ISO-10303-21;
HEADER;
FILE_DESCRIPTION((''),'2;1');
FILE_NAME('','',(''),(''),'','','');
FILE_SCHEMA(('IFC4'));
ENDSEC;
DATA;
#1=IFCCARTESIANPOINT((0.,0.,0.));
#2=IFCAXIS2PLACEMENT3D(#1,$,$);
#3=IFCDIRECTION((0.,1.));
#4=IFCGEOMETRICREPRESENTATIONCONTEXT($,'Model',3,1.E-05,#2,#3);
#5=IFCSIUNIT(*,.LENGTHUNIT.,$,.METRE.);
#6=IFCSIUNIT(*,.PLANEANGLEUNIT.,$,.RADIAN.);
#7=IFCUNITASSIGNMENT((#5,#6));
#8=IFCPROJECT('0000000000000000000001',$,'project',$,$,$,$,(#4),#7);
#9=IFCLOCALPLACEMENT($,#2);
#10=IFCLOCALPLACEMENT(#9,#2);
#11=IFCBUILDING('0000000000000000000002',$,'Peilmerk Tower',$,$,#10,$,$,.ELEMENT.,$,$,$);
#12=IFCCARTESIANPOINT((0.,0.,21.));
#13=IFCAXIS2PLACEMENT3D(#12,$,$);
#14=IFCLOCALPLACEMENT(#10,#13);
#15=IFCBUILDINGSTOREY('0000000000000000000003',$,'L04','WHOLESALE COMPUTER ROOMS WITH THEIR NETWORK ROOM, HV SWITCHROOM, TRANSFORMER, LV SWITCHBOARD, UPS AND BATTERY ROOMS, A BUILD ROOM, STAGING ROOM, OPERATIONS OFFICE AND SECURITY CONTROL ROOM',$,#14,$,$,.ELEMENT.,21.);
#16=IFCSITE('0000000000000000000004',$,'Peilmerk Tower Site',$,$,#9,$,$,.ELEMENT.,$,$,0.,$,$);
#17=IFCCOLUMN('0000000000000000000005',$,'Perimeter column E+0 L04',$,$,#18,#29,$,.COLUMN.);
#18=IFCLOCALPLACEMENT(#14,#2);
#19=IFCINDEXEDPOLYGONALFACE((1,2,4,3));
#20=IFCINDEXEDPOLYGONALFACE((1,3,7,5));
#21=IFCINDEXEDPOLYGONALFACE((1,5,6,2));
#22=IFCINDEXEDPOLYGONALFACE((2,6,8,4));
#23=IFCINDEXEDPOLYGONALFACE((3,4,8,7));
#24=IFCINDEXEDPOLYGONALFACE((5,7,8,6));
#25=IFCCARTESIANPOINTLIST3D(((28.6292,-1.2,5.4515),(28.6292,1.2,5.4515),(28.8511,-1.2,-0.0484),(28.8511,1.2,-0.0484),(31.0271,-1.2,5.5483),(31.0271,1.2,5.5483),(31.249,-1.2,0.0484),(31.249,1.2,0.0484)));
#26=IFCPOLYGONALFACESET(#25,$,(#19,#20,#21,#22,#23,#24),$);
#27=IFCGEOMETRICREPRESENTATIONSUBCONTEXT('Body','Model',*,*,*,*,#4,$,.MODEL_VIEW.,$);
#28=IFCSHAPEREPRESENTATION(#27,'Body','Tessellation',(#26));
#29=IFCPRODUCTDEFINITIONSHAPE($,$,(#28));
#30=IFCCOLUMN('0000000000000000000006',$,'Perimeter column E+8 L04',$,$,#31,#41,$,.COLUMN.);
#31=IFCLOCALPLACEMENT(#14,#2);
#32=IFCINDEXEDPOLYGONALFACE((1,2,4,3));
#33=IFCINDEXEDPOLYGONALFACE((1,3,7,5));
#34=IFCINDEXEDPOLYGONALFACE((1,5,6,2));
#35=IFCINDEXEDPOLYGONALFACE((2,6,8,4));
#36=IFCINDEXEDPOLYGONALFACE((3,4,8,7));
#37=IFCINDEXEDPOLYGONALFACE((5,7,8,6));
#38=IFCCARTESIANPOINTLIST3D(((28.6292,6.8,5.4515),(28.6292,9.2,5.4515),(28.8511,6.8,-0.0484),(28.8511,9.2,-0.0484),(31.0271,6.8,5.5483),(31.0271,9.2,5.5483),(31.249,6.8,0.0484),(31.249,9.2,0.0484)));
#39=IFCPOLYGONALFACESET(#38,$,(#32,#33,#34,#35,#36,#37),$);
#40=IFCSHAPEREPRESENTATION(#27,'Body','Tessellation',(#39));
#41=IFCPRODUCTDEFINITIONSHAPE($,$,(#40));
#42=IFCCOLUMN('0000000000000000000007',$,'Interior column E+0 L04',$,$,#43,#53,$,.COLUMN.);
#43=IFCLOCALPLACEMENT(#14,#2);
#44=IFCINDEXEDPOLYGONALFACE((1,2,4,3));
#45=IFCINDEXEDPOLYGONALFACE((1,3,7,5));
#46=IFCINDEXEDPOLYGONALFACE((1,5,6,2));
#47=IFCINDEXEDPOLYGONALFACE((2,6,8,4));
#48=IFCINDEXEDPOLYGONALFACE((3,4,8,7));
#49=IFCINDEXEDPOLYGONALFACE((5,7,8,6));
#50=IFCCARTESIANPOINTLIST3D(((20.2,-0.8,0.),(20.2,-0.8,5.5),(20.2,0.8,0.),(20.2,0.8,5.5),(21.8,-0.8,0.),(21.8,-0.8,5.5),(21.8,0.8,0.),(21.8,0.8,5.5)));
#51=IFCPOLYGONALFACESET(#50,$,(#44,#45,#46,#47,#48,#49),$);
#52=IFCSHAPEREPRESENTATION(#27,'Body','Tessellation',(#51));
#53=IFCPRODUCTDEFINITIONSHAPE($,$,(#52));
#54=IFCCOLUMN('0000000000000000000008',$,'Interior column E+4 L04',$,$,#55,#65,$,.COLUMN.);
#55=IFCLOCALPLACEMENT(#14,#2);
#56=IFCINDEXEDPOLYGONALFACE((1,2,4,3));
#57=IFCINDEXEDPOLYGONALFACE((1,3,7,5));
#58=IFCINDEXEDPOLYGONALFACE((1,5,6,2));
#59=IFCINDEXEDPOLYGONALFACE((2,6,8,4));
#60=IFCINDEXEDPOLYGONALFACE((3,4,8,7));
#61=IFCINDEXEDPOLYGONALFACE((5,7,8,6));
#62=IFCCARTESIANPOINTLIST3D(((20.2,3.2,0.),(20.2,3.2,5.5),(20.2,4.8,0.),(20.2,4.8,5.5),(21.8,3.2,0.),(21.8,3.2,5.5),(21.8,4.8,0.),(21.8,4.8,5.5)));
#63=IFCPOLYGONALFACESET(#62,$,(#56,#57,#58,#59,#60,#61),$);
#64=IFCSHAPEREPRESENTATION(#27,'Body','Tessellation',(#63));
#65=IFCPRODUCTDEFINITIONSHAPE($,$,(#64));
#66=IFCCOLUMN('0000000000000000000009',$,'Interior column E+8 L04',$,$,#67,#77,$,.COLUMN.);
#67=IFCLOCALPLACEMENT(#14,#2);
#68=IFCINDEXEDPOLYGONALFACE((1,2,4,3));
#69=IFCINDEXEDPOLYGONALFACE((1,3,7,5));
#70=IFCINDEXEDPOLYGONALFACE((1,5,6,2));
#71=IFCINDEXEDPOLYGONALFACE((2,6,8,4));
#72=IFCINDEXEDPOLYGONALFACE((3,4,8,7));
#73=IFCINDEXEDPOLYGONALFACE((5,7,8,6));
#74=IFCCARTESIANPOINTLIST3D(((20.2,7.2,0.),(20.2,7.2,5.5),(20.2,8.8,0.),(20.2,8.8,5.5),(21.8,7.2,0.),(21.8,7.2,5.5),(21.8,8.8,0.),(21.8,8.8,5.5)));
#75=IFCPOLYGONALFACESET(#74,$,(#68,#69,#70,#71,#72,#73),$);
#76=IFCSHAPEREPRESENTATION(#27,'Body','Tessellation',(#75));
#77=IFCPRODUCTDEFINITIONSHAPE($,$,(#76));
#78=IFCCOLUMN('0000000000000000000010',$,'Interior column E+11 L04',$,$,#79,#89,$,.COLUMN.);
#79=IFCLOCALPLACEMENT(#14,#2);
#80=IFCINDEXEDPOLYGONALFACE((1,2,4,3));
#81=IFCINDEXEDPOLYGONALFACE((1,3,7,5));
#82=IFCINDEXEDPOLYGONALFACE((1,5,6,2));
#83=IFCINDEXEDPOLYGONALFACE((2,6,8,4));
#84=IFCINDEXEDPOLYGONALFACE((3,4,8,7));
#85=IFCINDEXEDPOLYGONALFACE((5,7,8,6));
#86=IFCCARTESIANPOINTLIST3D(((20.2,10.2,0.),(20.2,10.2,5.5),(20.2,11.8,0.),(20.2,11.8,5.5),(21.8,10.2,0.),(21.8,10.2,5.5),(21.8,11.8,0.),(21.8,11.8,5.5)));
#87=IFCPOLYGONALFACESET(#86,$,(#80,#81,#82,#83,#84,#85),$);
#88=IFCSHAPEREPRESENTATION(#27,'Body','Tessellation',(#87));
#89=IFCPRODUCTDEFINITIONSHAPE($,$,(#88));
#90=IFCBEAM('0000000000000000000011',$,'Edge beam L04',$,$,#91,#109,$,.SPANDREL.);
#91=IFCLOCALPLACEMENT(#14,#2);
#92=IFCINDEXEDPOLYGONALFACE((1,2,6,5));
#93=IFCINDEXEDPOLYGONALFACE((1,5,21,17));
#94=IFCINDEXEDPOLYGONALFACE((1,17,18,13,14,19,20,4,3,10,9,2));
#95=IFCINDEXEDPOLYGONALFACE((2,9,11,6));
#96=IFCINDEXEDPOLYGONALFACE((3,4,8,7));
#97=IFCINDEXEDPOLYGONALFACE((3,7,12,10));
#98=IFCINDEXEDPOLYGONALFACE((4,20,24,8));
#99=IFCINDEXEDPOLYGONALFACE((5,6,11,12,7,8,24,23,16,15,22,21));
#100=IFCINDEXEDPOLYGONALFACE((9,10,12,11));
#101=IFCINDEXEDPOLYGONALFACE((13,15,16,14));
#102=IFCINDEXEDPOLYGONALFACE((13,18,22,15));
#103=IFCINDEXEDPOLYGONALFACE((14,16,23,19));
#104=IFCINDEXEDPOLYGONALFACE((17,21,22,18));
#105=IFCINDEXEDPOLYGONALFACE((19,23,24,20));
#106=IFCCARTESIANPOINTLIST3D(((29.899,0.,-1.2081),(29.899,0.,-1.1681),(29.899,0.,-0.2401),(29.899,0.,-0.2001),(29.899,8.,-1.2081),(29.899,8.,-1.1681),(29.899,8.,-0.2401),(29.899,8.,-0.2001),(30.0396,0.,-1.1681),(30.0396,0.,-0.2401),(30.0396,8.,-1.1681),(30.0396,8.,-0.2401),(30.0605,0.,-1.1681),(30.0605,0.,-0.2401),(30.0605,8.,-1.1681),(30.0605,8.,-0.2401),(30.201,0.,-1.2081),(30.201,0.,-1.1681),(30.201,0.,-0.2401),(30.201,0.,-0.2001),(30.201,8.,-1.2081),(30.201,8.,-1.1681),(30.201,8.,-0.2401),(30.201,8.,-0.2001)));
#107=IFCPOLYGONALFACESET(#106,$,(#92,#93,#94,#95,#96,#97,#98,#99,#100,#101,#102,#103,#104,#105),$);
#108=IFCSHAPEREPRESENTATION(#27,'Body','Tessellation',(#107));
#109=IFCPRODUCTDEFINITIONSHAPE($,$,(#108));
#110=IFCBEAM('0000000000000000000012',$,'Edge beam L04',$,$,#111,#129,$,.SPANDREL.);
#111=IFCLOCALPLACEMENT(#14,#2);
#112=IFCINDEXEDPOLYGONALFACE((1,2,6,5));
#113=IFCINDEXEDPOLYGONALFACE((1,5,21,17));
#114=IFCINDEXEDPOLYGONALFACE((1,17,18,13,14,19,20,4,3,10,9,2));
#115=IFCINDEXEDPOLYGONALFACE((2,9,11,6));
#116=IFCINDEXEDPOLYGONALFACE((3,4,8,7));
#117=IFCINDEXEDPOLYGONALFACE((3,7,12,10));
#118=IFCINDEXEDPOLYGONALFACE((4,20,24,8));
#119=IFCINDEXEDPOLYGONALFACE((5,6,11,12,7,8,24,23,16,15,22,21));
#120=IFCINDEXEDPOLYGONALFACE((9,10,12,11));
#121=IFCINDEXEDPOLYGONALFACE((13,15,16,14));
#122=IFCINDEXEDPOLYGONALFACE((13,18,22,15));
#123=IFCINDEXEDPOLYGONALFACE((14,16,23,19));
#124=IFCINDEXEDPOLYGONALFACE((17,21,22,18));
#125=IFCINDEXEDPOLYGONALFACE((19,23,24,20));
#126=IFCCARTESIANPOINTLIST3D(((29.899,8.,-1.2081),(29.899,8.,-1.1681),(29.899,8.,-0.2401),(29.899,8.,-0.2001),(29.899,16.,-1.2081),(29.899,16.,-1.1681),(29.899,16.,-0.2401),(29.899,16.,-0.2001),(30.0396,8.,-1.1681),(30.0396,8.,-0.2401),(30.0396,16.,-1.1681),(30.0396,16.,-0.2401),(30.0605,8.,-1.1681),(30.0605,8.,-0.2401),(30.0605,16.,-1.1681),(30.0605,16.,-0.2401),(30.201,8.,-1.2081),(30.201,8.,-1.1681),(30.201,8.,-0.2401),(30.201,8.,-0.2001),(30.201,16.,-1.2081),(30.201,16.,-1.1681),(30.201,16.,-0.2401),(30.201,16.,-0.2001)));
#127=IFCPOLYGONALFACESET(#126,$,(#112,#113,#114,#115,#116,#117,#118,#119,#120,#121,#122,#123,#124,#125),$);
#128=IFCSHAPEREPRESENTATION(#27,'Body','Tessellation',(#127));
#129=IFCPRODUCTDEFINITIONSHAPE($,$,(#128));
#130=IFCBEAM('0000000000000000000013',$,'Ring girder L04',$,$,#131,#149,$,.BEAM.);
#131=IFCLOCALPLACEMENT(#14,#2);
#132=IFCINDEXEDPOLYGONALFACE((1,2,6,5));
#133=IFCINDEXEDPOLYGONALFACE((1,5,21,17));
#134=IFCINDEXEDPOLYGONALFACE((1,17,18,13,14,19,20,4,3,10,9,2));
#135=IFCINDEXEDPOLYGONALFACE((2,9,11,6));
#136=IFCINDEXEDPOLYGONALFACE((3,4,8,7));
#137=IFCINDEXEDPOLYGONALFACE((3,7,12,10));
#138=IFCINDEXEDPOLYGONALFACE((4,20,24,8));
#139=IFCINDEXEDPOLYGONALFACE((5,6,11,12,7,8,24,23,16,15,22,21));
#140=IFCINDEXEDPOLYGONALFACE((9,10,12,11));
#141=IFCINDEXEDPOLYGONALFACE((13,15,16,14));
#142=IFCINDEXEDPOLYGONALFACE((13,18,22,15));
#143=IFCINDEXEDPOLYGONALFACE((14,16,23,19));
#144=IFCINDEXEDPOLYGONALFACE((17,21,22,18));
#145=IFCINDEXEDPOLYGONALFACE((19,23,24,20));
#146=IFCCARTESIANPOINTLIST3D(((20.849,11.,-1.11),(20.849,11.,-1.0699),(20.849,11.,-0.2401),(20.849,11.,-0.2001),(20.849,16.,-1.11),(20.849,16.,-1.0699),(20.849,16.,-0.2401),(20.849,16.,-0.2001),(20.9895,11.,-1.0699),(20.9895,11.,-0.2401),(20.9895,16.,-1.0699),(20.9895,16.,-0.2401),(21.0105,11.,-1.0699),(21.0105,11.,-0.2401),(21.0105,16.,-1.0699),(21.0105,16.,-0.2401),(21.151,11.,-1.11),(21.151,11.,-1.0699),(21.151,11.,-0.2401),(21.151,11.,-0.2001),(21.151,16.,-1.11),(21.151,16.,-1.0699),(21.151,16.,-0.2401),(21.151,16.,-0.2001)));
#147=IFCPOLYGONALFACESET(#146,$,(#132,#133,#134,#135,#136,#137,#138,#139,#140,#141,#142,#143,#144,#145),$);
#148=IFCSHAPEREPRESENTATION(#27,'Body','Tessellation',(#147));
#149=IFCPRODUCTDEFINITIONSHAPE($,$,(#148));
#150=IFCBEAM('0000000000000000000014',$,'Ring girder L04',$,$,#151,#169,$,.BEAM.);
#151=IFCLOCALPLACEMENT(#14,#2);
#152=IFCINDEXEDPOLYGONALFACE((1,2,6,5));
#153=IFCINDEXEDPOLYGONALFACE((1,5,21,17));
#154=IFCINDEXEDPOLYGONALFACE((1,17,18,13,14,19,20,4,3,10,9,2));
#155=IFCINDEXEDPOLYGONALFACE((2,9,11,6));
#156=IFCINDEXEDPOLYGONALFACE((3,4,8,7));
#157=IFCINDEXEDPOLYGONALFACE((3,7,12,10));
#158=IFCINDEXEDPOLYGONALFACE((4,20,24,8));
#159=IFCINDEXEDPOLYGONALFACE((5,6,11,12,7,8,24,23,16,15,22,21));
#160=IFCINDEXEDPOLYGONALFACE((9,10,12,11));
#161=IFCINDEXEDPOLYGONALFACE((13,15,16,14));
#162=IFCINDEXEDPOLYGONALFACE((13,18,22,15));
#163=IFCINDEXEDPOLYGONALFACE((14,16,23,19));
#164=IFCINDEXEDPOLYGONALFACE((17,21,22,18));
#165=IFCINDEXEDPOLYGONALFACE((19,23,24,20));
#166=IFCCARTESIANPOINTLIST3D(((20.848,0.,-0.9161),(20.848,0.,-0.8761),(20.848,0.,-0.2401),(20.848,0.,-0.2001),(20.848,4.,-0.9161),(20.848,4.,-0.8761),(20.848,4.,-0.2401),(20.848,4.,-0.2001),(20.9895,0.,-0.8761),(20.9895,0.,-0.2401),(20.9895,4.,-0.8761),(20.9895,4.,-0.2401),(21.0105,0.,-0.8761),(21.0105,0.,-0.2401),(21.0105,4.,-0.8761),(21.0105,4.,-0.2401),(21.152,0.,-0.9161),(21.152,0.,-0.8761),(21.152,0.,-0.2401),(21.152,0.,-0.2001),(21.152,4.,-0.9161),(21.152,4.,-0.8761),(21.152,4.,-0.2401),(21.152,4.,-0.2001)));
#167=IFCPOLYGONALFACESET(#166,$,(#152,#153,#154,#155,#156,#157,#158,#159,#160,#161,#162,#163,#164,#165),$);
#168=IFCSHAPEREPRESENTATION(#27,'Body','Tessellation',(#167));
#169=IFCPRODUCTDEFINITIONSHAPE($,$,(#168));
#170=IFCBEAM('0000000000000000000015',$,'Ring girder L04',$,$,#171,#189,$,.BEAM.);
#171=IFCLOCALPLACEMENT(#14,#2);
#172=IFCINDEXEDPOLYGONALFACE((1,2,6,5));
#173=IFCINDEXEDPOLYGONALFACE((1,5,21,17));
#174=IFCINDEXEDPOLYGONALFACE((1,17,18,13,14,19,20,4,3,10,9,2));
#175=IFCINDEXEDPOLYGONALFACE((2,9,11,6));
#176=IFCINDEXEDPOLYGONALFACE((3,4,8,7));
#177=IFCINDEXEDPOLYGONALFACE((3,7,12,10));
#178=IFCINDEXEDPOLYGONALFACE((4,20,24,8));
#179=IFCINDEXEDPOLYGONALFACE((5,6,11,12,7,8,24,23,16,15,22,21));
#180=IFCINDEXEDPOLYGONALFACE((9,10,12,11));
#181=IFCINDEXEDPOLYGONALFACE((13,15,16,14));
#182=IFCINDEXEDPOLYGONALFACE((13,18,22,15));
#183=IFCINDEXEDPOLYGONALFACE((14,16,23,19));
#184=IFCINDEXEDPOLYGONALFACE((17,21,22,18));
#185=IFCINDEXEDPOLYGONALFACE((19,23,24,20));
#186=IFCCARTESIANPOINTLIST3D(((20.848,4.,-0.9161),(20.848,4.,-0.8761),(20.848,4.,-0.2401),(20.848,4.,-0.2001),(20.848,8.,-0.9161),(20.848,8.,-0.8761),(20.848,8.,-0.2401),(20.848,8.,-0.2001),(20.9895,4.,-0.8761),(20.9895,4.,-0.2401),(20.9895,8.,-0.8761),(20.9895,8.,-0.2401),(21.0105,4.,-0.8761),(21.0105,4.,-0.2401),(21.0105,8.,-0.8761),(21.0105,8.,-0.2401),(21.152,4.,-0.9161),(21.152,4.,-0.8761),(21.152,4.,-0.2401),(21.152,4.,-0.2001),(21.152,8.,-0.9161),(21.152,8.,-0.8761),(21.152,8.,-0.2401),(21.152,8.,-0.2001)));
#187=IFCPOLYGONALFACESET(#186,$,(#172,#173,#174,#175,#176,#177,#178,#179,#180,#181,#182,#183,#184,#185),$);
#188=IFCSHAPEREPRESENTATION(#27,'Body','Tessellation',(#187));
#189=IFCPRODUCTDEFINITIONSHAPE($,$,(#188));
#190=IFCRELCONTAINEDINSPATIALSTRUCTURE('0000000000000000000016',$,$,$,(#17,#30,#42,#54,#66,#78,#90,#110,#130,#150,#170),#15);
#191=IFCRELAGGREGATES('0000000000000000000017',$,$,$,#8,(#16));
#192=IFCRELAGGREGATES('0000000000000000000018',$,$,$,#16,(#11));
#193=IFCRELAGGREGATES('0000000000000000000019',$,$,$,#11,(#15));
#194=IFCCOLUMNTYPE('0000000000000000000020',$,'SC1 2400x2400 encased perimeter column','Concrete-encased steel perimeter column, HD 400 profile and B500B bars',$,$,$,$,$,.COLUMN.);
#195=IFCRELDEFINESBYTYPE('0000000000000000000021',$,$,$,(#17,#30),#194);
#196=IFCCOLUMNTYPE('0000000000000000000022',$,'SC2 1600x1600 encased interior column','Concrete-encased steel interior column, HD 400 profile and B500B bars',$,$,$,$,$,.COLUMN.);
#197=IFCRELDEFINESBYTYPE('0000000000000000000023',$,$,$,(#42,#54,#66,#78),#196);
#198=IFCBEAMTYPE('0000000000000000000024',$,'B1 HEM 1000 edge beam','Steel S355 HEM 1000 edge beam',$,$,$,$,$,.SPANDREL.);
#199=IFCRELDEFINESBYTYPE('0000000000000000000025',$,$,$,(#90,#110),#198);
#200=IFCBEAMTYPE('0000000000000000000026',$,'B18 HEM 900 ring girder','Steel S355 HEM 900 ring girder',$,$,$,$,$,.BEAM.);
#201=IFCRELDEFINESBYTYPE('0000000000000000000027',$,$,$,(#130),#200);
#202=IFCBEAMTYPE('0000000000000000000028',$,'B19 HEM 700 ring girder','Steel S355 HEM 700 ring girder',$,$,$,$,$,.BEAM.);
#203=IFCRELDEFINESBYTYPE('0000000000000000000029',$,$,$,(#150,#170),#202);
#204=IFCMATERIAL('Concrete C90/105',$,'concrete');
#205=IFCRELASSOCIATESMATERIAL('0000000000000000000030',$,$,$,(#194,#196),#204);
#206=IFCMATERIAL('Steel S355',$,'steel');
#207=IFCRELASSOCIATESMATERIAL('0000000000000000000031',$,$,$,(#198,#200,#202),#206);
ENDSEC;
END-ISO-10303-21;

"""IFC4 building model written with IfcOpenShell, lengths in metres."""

from ifc_helpers import new_model, si_unit, direction, frame, origin, origin_2d, place, context, subcontext, project, spatial, rectangle, i_section, extrude, material, material_profile, profile_set, type_object, element, save


model = new_model("IFC4")

# Units and contexts
model_context = context("Model", 3, precision=1e-05, world=origin(), true_north=direction((0.0, 1.0)))
body_context = subcontext(model_context, "Body", "Model", "MODEL_VIEW")
ifc_project = project(units=[si_unit("LENGTHUNIT", "METRE"), si_unit("PLANEANGLEUNIT", "RADIAN")], contexts=[model_context])

# Site, building, storey
site_placement = place(None, origin())
site = spatial("IfcSite", under=ifc_project, at=site_placement, Name="Peilmerk Tower Site", CompositionType="ELEMENT", RefElevation=0.0)
building_placement = place(site_placement, origin())
building = spatial("IfcBuilding", under=site, at=building_placement, Name="Peilmerk Tower", CompositionType="ELEMENT")
storey_placement = place(building_placement, frame((0.0, 0.0, 21.0)))
storey = spatial("IfcBuildingStorey", under=building, at=storey_placement, Name="L04", Description="WHOLESALE COMPUTER ROOMS WITH THEIR NETWORK ROOM, HV SWITCHROOM, TRANSFORMER, LV SWITCHBOARD, UPS AND BATTERY ROOMS, A BUILD ROOM, STAGING ROOM, OPERATIONS OFFICE AND SECURITY CONTROL ROOM", CompositionType="ELEMENT", Elevation=21.0)

# Columns
ifc_material_1 = material(Name="Concrete C90/105", Category="concrete")
ifc_material_profile_1 = material_profile(ifc_material_1, rectangle(XDim=2.3999, YDim=2.3999, at=origin_2d()), Name="RC 2400x2400")
ifc_profile_set_1 = profile_set([ifc_material_profile_1], Name="Concrete C90/105")
column_type_1 = type_object("IfcColumnType", Name="SC1 2400x2400 encased perimeter column", Description="Concrete-encased steel perimeter column, HD 400 profile and B500B bars", PredefinedType="COLUMN", material=ifc_profile_set_1)
for number, where, z_axis, x_axis, name in (
    (1, (30.05, 0.0, 0.0), (-0.040317, 0.0, 0.999187), (0.0, -1.0, 0.0), "Perimeter column E+0 L04"),
    (2, (30.05, 8.0, 0.0), (-0.040317, 0.0, 0.999187), (0.0, -1.0, 0.0), "Perimeter column E+8 L04"),
):
    element("IfcColumn", number, at=place(storey_placement, frame(where, z_axis=z_axis, x_axis=x_axis)), inside=storey, type_object=column_type_1, Name=name, PredefinedType="COLUMN", context=body_context, shape_type="SweptSolid", body=[
        extrude(rectangle(XDim=2.3999, YDim=2.3999, at=origin_2d()), origin(), (0.0, 0.0, 1.0), 5.5044),
    ])
ifc_material_profile_2 = material_profile(ifc_material_1, rectangle(XDim=1.6001, YDim=1.6001, at=origin_2d()), Name="RC 1600x1600")
ifc_profile_set_2 = profile_set([ifc_material_profile_2], Name="Concrete C90/105")
column_type_2 = type_object("IfcColumnType", Name="SC2 1600x1600 encased interior column", Description="Concrete-encased steel interior column, HD 400 profile and B500B bars", PredefinedType="COLUMN", material=ifc_profile_set_2)
for number, where, z_axis, x_axis, name in (
    (3, (21.0, 0.0, 0.0), (0.0, 0.0, 1.0), (1.0, 0.0, 0.0), "Interior column E+0 L04"),
    (4, (21.0, 4.0, 0.0), (0.0, 0.0, 1.0), (1.0, 0.0, 0.0), "Interior column E+4 L04"),
    (5, (21.0, 8.0, 0.0), (0.0, 0.0, 1.0), (1.0, 0.0, 0.0), "Interior column E+8 L04"),
    (6, (21.0, 11.0, 0.0), (0.0, 0.0, 1.0), (1.0, 0.0, 0.0), "Interior column E+11 L04"),
):
    element("IfcColumn", number, at=place(storey_placement, frame(where, z_axis=z_axis, x_axis=x_axis)), inside=storey, type_object=column_type_2, Name=name, PredefinedType="COLUMN", context=body_context, shape_type="SweptSolid", body=[
        extrude(rectangle(XDim=1.6001, YDim=1.6001, at=origin_2d()), origin(), (0.0, 0.0, 1.0), 5.5),
    ])

# Beams
ifc_material_2 = material(Name="Steel S355", Category="steel")
ifc_material_profile_3 = material_profile(ifc_material_2, i_section(OverallWidth=0.302, OverallDepth=1.0081, WebThickness=0.021, FlangeThickness=0.04, at=origin_2d()), Name="HEM 1000")
ifc_profile_set_3 = profile_set([ifc_material_profile_3], Name="Steel S355")
beam_type_1 = type_object("IfcBeamType", Name="B1 HEM 1000 edge beam", Description="Steel S355 HEM 1000 edge beam", PredefinedType="SPANDREL", material=ifc_profile_set_3)
for number, where, z_axis, x_axis, name in (
    (7, (30.05, 0.0, -0.7041), (0.0, 1.0, 0.0), (-1.0, 0.0, 0.0), "Edge beam L04"),
    (8, (30.05, 8.0, -0.7041), (0.0, 1.0, 0.0), (-1.0, 0.0, 0.0), "Edge beam L04"),
):
    element("IfcBeam", number, at=place(storey_placement, frame(where, z_axis=z_axis, x_axis=x_axis)), inside=storey, type_object=beam_type_1, Name=name, PredefinedType="SPANDREL", context=body_context, shape_type="SweptSolid", body=[
        extrude(i_section(OverallWidth=0.302, OverallDepth=1.0081, WebThickness=0.021, FlangeThickness=0.04, at=origin_2d()), origin(), (0.0, 0.0, 1.0), 8.0),
    ])
ifc_material_profile_4 = material_profile(ifc_material_2, i_section(OverallWidth=0.302, OverallDepth=0.9099, WebThickness=0.021, FlangeThickness=0.04, at=origin_2d()), Name="HEM 900")
ifc_profile_set_4 = profile_set([ifc_material_profile_4], Name="Steel S355")
beam_type_2 = type_object("IfcBeamType", Name="B18 HEM 900 ring girder", Description="Steel S355 HEM 900 ring girder", PredefinedType="BEAM", material=ifc_profile_set_4)
beam_1_placement = place(storey_placement, frame((21.0, 11.0, -0.655), z_axis=(0.0, 1.0, 0.0), x_axis=(-1.0, 0.0, 0.0)))
element("IfcBeam", 9, at=beam_1_placement, inside=storey, type_object=beam_type_2, Name="Ring girder L04", PredefinedType="BEAM", context=body_context, shape_type="SweptSolid", body=[
    extrude(i_section(OverallWidth=0.302, OverallDepth=0.9099, WebThickness=0.021, FlangeThickness=0.04, at=origin_2d()), origin(), (0.0, 0.0, 1.0), 5.0),
])
ifc_material_profile_5 = material_profile(ifc_material_2, i_section(OverallWidth=0.304, OverallDepth=0.7161, WebThickness=0.021, FlangeThickness=0.04, at=origin_2d()), Name="HEM 700")
ifc_profile_set_5 = profile_set([ifc_material_profile_5], Name="Steel S355")
beam_type_3 = type_object("IfcBeamType", Name="B19 HEM 700 ring girder", Description="Steel S355 HEM 700 ring girder", PredefinedType="BEAM", material=ifc_profile_set_5)
for number, where, z_axis, x_axis, name in (
    (10, (21.0, 0.0, -0.5581), (0.0, 1.0, 0.0), (-1.0, 0.0, 0.0), "Ring girder L04"),
    (11, (21.0, 4.0, -0.5581), (0.0, 1.0, 0.0), (-1.0, 0.0, 0.0), "Ring girder L04"),
):
    element("IfcBeam", number, at=place(storey_placement, frame(where, z_axis=z_axis, x_axis=x_axis)), inside=storey, type_object=beam_type_3, Name=name, PredefinedType="BEAM", context=body_context, shape_type="SweptSolid", body=[
        extrude(i_section(OverallWidth=0.304, OverallDepth=0.7161, WebThickness=0.021, FlangeThickness=0.04, at=origin_2d()), origin(), (0.0, 0.0, 1.0), 4.0),
    ])

save(model, "model.ifc")
